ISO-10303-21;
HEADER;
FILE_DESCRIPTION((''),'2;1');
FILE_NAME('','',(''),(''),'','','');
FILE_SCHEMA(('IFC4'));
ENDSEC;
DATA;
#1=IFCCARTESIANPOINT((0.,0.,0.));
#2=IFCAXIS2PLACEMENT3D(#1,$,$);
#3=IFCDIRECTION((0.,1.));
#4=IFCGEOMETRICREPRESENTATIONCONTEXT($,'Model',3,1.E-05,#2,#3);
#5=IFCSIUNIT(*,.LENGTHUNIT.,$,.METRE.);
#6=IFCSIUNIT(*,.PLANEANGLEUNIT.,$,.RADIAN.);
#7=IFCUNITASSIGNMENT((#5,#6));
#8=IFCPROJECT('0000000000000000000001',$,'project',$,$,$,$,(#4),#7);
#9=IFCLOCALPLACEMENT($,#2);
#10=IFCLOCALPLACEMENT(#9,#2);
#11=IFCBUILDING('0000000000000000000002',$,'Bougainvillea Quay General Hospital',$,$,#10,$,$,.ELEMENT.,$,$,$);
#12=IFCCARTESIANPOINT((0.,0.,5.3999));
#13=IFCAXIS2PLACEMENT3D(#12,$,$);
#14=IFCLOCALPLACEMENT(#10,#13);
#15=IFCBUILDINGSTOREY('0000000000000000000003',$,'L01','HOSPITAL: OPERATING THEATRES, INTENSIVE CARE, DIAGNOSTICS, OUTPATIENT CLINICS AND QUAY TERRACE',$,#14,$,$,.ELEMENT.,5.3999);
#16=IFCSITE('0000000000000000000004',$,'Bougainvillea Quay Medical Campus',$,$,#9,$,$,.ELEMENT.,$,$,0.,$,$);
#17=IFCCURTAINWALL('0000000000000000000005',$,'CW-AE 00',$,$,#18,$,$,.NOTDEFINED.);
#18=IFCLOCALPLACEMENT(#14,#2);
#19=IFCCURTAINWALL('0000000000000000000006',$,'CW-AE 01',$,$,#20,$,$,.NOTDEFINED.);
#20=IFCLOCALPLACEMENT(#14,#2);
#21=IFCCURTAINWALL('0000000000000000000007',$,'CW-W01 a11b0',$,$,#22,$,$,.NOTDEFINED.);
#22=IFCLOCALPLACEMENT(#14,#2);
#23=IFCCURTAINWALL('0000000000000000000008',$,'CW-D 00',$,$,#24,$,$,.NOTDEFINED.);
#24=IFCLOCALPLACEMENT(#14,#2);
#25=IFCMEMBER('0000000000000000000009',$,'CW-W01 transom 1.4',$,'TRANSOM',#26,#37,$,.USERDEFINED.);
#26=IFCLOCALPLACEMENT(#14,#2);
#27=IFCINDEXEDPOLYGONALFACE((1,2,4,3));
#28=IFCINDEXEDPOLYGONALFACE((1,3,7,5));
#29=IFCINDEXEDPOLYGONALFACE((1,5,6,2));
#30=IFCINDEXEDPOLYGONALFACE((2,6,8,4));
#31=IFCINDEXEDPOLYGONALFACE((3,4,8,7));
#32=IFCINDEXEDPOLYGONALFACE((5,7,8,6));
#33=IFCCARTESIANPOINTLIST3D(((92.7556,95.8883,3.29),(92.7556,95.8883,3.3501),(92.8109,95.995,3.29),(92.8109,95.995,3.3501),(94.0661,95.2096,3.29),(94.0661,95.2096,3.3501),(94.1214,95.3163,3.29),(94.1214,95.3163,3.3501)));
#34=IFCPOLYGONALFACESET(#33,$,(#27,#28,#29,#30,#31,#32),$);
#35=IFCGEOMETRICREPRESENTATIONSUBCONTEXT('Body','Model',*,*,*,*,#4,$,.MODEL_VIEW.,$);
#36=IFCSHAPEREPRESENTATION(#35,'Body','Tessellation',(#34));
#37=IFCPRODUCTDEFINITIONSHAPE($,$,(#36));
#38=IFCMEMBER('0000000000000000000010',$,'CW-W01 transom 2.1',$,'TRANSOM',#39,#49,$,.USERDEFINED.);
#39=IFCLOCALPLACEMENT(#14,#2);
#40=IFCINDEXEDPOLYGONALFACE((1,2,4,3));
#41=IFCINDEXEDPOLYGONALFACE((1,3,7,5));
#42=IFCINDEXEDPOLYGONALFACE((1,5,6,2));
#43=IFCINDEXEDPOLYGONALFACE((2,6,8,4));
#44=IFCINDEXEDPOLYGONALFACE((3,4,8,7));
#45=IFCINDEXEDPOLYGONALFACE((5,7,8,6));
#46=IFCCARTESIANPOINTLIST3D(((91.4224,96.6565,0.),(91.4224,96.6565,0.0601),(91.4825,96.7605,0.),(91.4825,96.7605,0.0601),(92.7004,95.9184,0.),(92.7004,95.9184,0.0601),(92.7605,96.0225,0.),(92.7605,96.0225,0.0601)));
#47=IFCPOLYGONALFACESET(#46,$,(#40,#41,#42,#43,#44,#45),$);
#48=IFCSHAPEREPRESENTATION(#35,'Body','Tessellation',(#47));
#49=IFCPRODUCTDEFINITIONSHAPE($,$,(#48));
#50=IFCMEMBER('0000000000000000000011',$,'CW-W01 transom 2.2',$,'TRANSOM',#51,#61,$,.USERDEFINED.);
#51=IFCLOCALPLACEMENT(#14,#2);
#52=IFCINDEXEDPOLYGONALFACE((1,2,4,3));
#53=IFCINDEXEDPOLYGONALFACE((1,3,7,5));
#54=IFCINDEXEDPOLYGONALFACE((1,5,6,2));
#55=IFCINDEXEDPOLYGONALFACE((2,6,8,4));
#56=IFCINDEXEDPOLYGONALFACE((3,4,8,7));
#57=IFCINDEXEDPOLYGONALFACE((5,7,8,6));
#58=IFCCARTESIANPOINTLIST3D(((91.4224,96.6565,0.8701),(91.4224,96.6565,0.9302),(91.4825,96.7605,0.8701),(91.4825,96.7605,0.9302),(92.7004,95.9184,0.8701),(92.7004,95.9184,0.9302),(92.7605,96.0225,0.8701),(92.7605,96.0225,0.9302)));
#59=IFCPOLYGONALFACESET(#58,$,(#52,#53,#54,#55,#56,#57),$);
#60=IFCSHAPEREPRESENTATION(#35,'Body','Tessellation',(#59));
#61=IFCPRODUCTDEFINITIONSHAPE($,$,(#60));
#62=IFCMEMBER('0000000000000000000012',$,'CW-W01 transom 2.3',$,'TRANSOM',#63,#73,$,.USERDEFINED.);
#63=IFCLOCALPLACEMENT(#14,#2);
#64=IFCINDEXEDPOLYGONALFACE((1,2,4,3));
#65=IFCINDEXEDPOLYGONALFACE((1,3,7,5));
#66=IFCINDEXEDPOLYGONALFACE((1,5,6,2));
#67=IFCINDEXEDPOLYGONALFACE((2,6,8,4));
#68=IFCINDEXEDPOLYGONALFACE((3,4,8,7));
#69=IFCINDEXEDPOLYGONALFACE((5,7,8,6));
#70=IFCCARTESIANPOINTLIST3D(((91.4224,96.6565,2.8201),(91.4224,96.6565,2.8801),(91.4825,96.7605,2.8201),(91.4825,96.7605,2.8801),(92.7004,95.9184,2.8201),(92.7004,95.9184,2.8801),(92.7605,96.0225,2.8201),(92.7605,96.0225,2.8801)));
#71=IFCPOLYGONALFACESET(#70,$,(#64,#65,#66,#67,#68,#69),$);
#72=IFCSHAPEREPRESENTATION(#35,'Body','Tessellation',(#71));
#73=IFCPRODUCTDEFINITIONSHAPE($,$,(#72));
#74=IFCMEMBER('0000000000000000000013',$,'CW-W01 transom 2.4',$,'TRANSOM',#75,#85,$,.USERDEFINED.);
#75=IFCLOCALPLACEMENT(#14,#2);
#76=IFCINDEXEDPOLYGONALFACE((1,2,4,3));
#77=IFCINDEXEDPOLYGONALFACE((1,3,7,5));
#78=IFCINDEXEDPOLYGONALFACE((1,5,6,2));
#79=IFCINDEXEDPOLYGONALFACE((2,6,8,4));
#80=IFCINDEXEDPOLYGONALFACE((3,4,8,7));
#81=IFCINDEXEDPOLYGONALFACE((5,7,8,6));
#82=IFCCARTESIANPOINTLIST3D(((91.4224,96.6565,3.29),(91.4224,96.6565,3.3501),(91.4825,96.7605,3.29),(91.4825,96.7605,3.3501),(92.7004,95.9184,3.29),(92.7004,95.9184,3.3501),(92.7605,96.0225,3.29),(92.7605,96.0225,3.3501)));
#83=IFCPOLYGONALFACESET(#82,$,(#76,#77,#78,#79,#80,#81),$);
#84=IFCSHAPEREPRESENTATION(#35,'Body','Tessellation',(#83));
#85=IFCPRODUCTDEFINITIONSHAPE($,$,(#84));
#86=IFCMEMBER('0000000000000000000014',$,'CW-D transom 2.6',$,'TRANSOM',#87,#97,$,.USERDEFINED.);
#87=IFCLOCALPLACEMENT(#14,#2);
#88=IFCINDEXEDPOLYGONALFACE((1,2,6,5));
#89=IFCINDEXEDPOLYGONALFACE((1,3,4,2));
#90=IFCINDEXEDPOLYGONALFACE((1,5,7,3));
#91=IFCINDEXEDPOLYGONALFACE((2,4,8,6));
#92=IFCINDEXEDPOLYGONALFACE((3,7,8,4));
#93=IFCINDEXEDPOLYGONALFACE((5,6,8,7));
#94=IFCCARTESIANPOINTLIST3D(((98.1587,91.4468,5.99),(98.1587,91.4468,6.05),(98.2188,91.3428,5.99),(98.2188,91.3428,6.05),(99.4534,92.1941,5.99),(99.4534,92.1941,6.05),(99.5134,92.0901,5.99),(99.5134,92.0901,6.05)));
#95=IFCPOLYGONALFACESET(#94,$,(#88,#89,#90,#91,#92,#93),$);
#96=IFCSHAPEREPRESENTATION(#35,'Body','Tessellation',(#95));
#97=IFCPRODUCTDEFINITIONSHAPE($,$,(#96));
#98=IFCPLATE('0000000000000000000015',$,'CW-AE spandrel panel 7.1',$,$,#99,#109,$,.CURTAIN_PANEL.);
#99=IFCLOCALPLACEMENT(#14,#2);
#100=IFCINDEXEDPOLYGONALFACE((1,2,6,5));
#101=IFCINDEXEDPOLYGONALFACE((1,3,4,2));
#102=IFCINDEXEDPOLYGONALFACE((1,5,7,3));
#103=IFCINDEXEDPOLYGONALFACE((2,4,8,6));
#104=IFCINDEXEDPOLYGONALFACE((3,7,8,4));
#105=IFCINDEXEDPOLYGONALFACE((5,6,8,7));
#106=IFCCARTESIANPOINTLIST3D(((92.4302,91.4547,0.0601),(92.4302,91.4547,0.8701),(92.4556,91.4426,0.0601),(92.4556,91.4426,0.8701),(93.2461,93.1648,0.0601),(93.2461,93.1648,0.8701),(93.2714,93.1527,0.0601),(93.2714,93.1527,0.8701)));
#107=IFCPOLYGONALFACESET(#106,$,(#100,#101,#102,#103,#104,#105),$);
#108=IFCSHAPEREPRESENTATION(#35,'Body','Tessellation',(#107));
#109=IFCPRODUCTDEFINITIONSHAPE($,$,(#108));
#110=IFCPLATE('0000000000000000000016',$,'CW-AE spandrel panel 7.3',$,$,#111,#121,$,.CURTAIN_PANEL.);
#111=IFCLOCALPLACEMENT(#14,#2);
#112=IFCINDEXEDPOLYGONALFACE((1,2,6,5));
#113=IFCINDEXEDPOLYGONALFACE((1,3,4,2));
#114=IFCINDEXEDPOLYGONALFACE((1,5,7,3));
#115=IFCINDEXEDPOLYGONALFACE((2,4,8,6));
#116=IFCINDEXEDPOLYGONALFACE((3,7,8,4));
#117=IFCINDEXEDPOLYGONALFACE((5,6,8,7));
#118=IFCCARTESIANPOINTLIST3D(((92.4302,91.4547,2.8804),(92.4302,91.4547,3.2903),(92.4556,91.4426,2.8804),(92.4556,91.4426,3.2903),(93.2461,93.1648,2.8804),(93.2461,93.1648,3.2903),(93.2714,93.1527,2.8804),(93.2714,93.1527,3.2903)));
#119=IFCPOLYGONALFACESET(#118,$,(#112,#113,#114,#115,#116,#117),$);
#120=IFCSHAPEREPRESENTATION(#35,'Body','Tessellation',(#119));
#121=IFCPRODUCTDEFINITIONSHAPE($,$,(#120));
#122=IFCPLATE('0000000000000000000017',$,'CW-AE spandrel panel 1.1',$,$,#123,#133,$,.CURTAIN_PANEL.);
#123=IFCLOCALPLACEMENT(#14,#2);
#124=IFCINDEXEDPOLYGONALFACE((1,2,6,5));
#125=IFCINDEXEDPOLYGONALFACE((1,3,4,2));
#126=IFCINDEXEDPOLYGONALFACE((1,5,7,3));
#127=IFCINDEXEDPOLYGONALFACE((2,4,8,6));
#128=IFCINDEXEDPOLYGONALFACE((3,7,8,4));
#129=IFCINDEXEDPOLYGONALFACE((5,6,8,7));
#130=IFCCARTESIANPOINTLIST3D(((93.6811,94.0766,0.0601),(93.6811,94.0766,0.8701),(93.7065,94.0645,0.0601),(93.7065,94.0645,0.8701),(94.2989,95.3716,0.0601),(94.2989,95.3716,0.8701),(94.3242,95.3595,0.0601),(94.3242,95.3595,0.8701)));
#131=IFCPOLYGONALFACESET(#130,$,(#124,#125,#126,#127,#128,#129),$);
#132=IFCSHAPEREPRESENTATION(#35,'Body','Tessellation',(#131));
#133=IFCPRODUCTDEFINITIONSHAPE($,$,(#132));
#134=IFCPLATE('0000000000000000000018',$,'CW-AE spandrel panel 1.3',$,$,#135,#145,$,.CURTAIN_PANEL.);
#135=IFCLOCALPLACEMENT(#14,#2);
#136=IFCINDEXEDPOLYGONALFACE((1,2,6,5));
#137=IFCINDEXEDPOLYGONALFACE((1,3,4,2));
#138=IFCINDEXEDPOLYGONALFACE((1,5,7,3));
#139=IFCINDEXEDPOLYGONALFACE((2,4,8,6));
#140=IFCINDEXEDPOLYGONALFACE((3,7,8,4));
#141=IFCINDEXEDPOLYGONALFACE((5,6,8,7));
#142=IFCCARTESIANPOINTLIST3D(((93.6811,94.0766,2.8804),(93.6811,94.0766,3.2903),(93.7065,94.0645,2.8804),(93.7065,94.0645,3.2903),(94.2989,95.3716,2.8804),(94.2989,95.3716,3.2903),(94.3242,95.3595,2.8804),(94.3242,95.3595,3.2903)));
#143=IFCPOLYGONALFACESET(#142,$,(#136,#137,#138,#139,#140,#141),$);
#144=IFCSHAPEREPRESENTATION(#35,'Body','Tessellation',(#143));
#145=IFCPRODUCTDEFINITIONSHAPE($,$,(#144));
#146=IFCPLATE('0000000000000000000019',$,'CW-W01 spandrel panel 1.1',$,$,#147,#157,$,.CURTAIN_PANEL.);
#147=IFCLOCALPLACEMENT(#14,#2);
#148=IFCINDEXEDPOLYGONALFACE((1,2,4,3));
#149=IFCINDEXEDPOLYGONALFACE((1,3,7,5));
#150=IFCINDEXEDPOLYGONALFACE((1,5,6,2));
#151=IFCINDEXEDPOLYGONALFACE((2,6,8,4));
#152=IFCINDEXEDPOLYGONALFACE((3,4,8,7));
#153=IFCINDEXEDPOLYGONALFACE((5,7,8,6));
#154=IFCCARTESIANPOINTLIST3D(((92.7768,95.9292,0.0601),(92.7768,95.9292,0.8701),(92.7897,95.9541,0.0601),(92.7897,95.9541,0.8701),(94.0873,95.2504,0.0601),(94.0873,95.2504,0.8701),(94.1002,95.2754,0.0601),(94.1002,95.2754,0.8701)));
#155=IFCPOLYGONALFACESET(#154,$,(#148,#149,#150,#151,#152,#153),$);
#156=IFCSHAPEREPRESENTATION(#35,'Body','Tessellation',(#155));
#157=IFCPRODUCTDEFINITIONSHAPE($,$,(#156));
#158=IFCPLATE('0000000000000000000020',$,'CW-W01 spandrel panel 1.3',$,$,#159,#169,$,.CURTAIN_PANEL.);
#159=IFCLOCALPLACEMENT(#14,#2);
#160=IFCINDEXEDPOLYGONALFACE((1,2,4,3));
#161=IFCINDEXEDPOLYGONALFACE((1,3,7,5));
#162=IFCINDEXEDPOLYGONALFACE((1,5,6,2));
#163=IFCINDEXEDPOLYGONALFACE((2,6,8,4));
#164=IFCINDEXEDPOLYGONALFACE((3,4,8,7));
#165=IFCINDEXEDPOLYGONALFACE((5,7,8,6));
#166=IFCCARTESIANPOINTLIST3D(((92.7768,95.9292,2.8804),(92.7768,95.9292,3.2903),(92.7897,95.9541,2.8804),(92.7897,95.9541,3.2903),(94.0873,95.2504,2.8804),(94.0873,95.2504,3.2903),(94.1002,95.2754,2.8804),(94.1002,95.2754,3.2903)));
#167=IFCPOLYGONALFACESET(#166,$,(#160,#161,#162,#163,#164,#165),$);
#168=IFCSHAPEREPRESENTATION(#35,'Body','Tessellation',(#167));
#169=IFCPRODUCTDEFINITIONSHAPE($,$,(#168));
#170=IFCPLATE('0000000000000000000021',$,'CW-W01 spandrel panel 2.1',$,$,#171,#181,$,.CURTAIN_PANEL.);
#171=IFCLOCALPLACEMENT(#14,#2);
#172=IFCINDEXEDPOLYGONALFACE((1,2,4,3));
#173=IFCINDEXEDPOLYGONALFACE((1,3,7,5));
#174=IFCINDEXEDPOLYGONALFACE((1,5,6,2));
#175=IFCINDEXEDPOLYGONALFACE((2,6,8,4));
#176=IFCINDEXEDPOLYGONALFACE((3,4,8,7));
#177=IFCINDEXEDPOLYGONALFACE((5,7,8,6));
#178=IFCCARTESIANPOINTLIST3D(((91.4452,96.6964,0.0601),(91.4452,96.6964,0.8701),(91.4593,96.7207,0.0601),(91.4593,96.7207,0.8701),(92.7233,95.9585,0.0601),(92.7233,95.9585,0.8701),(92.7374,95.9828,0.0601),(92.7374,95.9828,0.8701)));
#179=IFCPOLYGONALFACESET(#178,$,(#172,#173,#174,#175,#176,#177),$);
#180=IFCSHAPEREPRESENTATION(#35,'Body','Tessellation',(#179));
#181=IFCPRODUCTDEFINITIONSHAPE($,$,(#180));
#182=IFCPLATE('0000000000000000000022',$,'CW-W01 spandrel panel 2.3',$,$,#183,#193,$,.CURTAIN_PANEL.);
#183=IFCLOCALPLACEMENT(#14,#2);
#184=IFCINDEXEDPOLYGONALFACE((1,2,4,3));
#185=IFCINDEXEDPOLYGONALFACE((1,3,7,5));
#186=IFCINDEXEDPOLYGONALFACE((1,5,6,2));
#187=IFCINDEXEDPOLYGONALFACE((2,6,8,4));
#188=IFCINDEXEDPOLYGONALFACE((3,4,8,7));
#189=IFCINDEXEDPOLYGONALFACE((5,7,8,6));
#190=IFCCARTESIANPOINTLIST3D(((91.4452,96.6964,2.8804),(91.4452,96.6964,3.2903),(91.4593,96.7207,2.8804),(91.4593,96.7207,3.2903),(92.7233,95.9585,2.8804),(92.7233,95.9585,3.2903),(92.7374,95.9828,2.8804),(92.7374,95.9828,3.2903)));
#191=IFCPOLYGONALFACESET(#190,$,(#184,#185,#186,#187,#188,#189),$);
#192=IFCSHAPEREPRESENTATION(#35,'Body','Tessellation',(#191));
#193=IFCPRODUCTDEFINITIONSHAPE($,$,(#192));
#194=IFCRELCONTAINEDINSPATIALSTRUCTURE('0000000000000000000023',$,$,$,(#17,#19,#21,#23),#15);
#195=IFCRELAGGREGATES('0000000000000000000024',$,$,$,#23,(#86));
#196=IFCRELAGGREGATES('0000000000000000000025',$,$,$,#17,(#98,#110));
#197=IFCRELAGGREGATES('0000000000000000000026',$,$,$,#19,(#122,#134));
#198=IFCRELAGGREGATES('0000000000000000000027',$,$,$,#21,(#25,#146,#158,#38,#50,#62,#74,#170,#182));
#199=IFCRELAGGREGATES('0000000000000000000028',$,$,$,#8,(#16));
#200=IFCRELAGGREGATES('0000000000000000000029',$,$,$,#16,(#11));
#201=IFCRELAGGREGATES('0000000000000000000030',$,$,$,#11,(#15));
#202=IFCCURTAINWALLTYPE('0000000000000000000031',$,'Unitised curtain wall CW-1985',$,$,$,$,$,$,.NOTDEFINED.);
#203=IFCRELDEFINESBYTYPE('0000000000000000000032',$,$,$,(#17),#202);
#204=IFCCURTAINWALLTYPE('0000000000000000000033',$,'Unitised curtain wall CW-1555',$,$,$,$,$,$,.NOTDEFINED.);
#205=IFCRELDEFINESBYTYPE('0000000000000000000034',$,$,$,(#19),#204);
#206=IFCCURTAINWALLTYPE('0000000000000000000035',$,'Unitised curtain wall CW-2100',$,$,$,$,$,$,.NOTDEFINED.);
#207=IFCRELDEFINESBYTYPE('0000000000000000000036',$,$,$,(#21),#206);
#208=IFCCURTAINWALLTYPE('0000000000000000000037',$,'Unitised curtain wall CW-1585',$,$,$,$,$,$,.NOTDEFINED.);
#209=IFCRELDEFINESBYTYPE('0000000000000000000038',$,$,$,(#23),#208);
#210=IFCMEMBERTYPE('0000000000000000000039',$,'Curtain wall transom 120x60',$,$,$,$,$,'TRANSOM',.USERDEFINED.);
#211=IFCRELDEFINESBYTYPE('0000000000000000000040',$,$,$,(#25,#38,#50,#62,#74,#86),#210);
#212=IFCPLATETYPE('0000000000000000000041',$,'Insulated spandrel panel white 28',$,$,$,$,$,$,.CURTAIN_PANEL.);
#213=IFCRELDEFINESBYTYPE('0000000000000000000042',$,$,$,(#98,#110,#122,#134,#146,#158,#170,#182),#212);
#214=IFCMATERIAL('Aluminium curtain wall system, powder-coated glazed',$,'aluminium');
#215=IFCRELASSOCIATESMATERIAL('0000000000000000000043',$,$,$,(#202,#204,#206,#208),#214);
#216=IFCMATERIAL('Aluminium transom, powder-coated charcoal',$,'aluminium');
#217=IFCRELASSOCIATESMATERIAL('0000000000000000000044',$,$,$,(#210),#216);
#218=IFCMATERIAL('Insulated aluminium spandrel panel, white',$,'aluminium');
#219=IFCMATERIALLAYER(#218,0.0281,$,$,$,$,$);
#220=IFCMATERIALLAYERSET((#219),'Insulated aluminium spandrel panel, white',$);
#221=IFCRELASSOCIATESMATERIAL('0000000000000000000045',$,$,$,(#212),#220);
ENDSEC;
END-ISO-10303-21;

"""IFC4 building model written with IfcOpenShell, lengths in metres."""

from ifc_helpers import new_model, si_unit, direction, frame, origin, origin_2d, place, context, subcontext, project, spatial, rectangle, extrude, material, layer, layer_set, material_profile, profile_set, type_object, element, aggregate, save


model = new_model("IFC4")

# Units and contexts
model_context = context("Model", 3, precision=1e-05, world=origin(), true_north=direction((0.0, 1.0)))
body_context = subcontext(model_context, "Body", "Model", "MODEL_VIEW")
ifc_project = project(units=[si_unit("LENGTHUNIT", "METRE"), si_unit("PLANEANGLEUNIT", "RADIAN")], contexts=[model_context])

# Site, building, storey
site_placement = place(None, origin())
site = spatial("IfcSite", under=ifc_project, at=site_placement, Name="Bougainvillea Quay Medical Campus", CompositionType="ELEMENT", RefElevation=0.0)
building_placement = place(site_placement, origin())
building = spatial("IfcBuilding", under=site, at=building_placement, Name="Bougainvillea Quay General Hospital", CompositionType="ELEMENT")
storey_placement = place(building_placement, frame((0.0, 0.0, 5.3999)))
storey = spatial("IfcBuildingStorey", under=building, at=storey_placement, Name="L01", Description="HOSPITAL: OPERATING THEATRES, INTENSIVE CARE, DIAGNOSTICS, OUTPATIENT CLINICS AND QUAY TERRACE", CompositionType="ELEMENT", Elevation=5.3999)

# Curtain wall
ifc_material_1 = material(Name="Aluminium curtain wall system, powder-coated glazed", Category="aluminium")
curtain_wall_type_1 = type_object("IfcCurtainWallType", Name="Unitised curtain wall CW-1985", PredefinedType="NOTDEFINED", material=ifc_material_1)
curtain_wall_1_placement = place(storey_placement, origin())
curtain_wall_1 = element("IfcCurtainWall", 1, at=curtain_wall_1_placement, inside=storey, type_object=curtain_wall_type_1, Name="CW-AE 00", PredefinedType="NOTDEFINED")

# Curtain walls
curtain_wall_type_2 = type_object("IfcCurtainWallType", Name="Unitised curtain wall CW-1555", PredefinedType="NOTDEFINED", material=ifc_material_1)
curtain_wall_2_placement = place(storey_placement, origin())
curtain_wall_2 = element("IfcCurtainWall", 2, at=curtain_wall_2_placement, inside=storey, type_object=curtain_wall_type_2, Name="CW-AE 01", PredefinedType="NOTDEFINED")
curtain_wall_type_3 = type_object("IfcCurtainWallType", Name="Unitised curtain wall CW-2100", PredefinedType="NOTDEFINED", material=ifc_material_1)
curtain_wall_3_placement = place(storey_placement, origin())
curtain_wall_3 = element("IfcCurtainWall", 3, at=curtain_wall_3_placement, inside=storey, type_object=curtain_wall_type_3, Name="CW-W01 a11b0", PredefinedType="NOTDEFINED")

# Curtain wall
curtain_wall_type_4 = type_object("IfcCurtainWallType", Name="Unitised curtain wall CW-1585", PredefinedType="NOTDEFINED", material=ifc_material_1)
curtain_wall_4_placement = place(storey_placement, origin())
curtain_wall_4 = element("IfcCurtainWall", 4, at=curtain_wall_4_placement, inside=storey, type_object=curtain_wall_type_4, Name="CW-D 00", PredefinedType="NOTDEFINED")

# Members
ifc_material_2 = material(Name="Aluminium transom, powder-coated charcoal", Category="aluminium")
ifc_material_profile_1 = material_profile(ifc_material_2, rectangle(XDim=0.1201, YDim=0.0601, at=origin_2d()))
ifc_profile_set_1 = profile_set([ifc_material_profile_1], Name="Aluminium transom, powder-coated charcoal")
member_type_1 = type_object("IfcMemberType", Name="Curtain wall transom 120x60", ElementType="TRANSOM", PredefinedType="USERDEFINED", material=ifc_profile_set_1)
member_1_placement = place(storey_placement, frame((94.0938, 95.2629, 3.3201), z_axis=(-0.887985, 0.459873, 0.0), x_axis=(-0.459873, -0.887985, 0.0)))
member_1 = element("IfcMember", 5, at=member_1_placement, type_object=member_type_1, Name="CW-W01 transom 1.4", ObjectType="TRANSOM", PredefinedType="USERDEFINED", context=body_context, shape_type="SweptSolid", body=[
    extrude(rectangle(XDim=0.1201, YDim=0.0601, at=origin_2d()), origin(), (0.0, 0.0, 1.0), 1.4758),
])
member_2_placement = place(storey_placement, frame((92.7305, 95.9705, 0.03), z_axis=(-0.865984, 0.500071, 0.0), x_axis=(-0.500071, -0.865984, 0.0)))
member_2 = element("IfcMember", 6, at=member_2_placement, type_object=member_type_1, Name="CW-W01 transom 2.1", ObjectType="TRANSOM", PredefinedType="USERDEFINED", context=body_context, shape_type="SweptSolid", body=[
    extrude(rectangle(XDim=0.1201, YDim=0.0601, at=origin_2d()), origin(), (0.0, 0.0, 1.0), 1.4758),
])
member_3_placement = place(storey_placement, frame((92.7305, 95.9705, 0.9001), z_axis=(-0.865984, 0.500071, 0.0), x_axis=(-0.500071, -0.865984, 0.0)))
member_3 = element("IfcMember", 7, at=member_3_placement, type_object=member_type_1, Name="CW-W01 transom 2.2", ObjectType="TRANSOM", PredefinedType="USERDEFINED", context=body_context, shape_type="SweptSolid", body=[
    extrude(rectangle(XDim=0.1201, YDim=0.0601, at=origin_2d()), origin(), (0.0, 0.0, 1.0), 1.4758),
])
member_4_placement = place(storey_placement, frame((92.7305, 95.9705, 2.8501), z_axis=(-0.865984, 0.500071, 0.0), x_axis=(-0.500071, -0.865984, 0.0)))
member_4 = element("IfcMember", 8, at=member_4_placement, type_object=member_type_1, Name="CW-W01 transom 2.3", ObjectType="TRANSOM", PredefinedType="USERDEFINED", context=body_context, shape_type="SweptSolid", body=[
    extrude(rectangle(XDim=0.1201, YDim=0.0601, at=origin_2d()), origin(), (0.0, 0.0, 1.0), 1.4758),
])
member_5_placement = place(storey_placement, frame((92.7305, 95.9705, 3.3201), z_axis=(-0.865984, 0.500071, 0.0), x_axis=(-0.500071, -0.865984, 0.0)))
member_5 = element("IfcMember", 9, at=member_5_placement, type_object=member_type_1, Name="CW-W01 transom 2.4", ObjectType="TRANSOM", PredefinedType="USERDEFINED", context=body_context, shape_type="SweptSolid", body=[
    extrude(rectangle(XDim=0.1201, YDim=0.0601, at=origin_2d()), origin(), (0.0, 0.0, 1.0), 1.4758),
])
member_6_placement = place(storey_placement, frame((99.4834, 92.1421, 6.02), z_axis=(-0.866074, -0.499916, 0.0), x_axis=(0.499916, -0.866074, 0.0)))
member_6 = element("IfcMember", 10, at=member_6_placement, type_object=member_type_1, Name="CW-D transom 2.6", ObjectType="TRANSOM", PredefinedType="USERDEFINED", context=body_context, shape_type="SweptSolid", body=[
    extrude(rectangle(XDim=0.1201, YDim=0.0601, at=origin_2d()), origin(), (0.0, 0.0, 1.0), 1.4949),
])
aggregate(curtain_wall_4, [member_6])

# Plates
ifc_material_3 = material(Name="Insulated aluminium spandrel panel, white", Category="aluminium")
ifc_layer_1 = layer(ifc_material_3, 0.0281)
ifc_layer_set_1 = layer_set([ifc_layer_1], Name="Insulated aluminium spandrel panel, white")
plate_type_1 = type_object("IfcPlateType", Name="Insulated spandrel panel white 28", PredefinedType="CURTAIN_PANEL", material=ifc_layer_set_1)
plate_1_placement = place(storey_placement, frame((92.8508, 92.3037, 0.0601), z_axis=(0.0, 0.0, 1.0), x_axis=(0.430563, 0.902561, 0.0)))
plate_1 = element("IfcPlate", 11, at=plate_1_placement, type_object=plate_type_1, Name="CW-AE spandrel panel 7.1", PredefinedType="CURTAIN_PANEL", context=body_context, shape_type="SweptSolid", body=[
    extrude(rectangle(XDim=1.8948, YDim=0.0281, at=origin_2d()), origin(), (0.0, 0.0, 1.0), 0.8101),
])
plate_2_placement = place(storey_placement, frame((92.8508, 92.3037, 2.8804), z_axis=(0.0, 0.0, 1.0), x_axis=(0.430563, 0.902561, 0.0)))
plate_2 = element("IfcPlate", 12, at=plate_2_placement, type_object=plate_type_1, Name="CW-AE spandrel panel 7.3", PredefinedType="CURTAIN_PANEL", context=body_context, shape_type="SweptSolid", body=[
    extrude(rectangle(XDim=1.8948, YDim=0.0281, at=origin_2d()), origin(), (0.0, 0.0, 1.0), 0.4099),
])
plate_3_placement = place(storey_placement, frame((94.0027, 94.718, 0.0601), z_axis=(0.0, 0.0, 1.0), x_axis=(0.430563, 0.902561, 0.0)))
plate_3 = element("IfcPlate", 13, at=plate_3_placement, type_object=plate_type_1, Name="CW-AE spandrel panel 1.1", PredefinedType="CURTAIN_PANEL", context=body_context, shape_type="SweptSolid", body=[
    extrude(rectangle(XDim=1.4348, YDim=0.0281, at=origin_2d()), origin(), (0.0, 0.0, 1.0), 0.8101),
])
plate_4_placement = place(storey_placement, frame((94.0027, 94.718, 2.8804), z_axis=(0.0, 0.0, 1.0), x_axis=(0.430563, 0.902561, 0.0)))
plate_4 = element("IfcPlate", 14, at=plate_4_placement, type_object=plate_type_1, Name="CW-AE spandrel panel 1.3", PredefinedType="CURTAIN_PANEL", context=body_context, shape_type="SweptSolid", body=[
    extrude(rectangle(XDim=1.4348, YDim=0.0281, at=origin_2d()), origin(), (0.0, 0.0, 1.0), 0.4099),
])
plate_5_placement = place(storey_placement, frame((93.4385, 95.6023, 0.0601), z_axis=(0.0, 0.0, 1.0), x_axis=(-0.887958, 0.459924, 0.0)))
plate_5 = element("IfcPlate", 15, at=plate_5_placement, type_object=plate_type_1, Name="CW-W01 spandrel panel 1.1", PredefinedType="CURTAIN_PANEL", context=body_context, shape_type="SweptSolid", body=[
    extrude(rectangle(XDim=1.4758, YDim=0.0281, at=origin_2d()), origin(), (0.0, 0.0, 1.0), 0.8101),
])
plate_6_placement = place(storey_placement, frame((93.4385, 95.6023, 2.8804), z_axis=(0.0, 0.0, 1.0), x_axis=(-0.887958, 0.459924, 0.0)))
plate_6 = element("IfcPlate", 16, at=plate_6_placement, type_object=plate_type_1, Name="CW-W01 spandrel panel 1.3", PredefinedType="CURTAIN_PANEL", context=body_context, shape_type="SweptSolid", body=[
    extrude(rectangle(XDim=1.4758, YDim=0.0281, at=origin_2d()), origin(), (0.0, 0.0, 1.0), 0.4099),
])
plate_7_placement = place(storey_placement, frame((92.0913, 96.3396, 0.0601), z_axis=(0.0, 0.0, 1.0), x_axis=(-0.866007, 0.500031, 0.0)))
plate_7 = element("IfcPlate", 17, at=plate_7_placement, type_object=plate_type_1, Name="CW-W01 spandrel panel 2.1", PredefinedType="CURTAIN_PANEL", context=body_context, shape_type="SweptSolid", body=[
    extrude(rectangle(XDim=1.4758, YDim=0.0281, at=origin_2d()), origin(), (0.0, 0.0, 1.0), 0.8101),
])
plate_8_placement = place(storey_placement, frame((92.0913, 96.3396, 2.8804), z_axis=(0.0, 0.0, 1.0), x_axis=(-0.866007, 0.500031, 0.0)))
plate_8 = element("IfcPlate", 18, at=plate_8_placement, type_object=plate_type_1, Name="CW-W01 spandrel panel 2.3", PredefinedType="CURTAIN_PANEL", context=body_context, shape_type="SweptSolid", body=[
    extrude(rectangle(XDim=1.4758, YDim=0.0281, at=origin_2d()), origin(), (0.0, 0.0, 1.0), 0.4099),
])
aggregate(curtain_wall_1, [plate_1, plate_2])
aggregate(curtain_wall_2, [plate_3, plate_4])
aggregate(curtain_wall_3, [member_1, plate_5, plate_6, member_2, member_3, member_4, member_5, plate_7, plate_8])

save(model, "model.ifc")
